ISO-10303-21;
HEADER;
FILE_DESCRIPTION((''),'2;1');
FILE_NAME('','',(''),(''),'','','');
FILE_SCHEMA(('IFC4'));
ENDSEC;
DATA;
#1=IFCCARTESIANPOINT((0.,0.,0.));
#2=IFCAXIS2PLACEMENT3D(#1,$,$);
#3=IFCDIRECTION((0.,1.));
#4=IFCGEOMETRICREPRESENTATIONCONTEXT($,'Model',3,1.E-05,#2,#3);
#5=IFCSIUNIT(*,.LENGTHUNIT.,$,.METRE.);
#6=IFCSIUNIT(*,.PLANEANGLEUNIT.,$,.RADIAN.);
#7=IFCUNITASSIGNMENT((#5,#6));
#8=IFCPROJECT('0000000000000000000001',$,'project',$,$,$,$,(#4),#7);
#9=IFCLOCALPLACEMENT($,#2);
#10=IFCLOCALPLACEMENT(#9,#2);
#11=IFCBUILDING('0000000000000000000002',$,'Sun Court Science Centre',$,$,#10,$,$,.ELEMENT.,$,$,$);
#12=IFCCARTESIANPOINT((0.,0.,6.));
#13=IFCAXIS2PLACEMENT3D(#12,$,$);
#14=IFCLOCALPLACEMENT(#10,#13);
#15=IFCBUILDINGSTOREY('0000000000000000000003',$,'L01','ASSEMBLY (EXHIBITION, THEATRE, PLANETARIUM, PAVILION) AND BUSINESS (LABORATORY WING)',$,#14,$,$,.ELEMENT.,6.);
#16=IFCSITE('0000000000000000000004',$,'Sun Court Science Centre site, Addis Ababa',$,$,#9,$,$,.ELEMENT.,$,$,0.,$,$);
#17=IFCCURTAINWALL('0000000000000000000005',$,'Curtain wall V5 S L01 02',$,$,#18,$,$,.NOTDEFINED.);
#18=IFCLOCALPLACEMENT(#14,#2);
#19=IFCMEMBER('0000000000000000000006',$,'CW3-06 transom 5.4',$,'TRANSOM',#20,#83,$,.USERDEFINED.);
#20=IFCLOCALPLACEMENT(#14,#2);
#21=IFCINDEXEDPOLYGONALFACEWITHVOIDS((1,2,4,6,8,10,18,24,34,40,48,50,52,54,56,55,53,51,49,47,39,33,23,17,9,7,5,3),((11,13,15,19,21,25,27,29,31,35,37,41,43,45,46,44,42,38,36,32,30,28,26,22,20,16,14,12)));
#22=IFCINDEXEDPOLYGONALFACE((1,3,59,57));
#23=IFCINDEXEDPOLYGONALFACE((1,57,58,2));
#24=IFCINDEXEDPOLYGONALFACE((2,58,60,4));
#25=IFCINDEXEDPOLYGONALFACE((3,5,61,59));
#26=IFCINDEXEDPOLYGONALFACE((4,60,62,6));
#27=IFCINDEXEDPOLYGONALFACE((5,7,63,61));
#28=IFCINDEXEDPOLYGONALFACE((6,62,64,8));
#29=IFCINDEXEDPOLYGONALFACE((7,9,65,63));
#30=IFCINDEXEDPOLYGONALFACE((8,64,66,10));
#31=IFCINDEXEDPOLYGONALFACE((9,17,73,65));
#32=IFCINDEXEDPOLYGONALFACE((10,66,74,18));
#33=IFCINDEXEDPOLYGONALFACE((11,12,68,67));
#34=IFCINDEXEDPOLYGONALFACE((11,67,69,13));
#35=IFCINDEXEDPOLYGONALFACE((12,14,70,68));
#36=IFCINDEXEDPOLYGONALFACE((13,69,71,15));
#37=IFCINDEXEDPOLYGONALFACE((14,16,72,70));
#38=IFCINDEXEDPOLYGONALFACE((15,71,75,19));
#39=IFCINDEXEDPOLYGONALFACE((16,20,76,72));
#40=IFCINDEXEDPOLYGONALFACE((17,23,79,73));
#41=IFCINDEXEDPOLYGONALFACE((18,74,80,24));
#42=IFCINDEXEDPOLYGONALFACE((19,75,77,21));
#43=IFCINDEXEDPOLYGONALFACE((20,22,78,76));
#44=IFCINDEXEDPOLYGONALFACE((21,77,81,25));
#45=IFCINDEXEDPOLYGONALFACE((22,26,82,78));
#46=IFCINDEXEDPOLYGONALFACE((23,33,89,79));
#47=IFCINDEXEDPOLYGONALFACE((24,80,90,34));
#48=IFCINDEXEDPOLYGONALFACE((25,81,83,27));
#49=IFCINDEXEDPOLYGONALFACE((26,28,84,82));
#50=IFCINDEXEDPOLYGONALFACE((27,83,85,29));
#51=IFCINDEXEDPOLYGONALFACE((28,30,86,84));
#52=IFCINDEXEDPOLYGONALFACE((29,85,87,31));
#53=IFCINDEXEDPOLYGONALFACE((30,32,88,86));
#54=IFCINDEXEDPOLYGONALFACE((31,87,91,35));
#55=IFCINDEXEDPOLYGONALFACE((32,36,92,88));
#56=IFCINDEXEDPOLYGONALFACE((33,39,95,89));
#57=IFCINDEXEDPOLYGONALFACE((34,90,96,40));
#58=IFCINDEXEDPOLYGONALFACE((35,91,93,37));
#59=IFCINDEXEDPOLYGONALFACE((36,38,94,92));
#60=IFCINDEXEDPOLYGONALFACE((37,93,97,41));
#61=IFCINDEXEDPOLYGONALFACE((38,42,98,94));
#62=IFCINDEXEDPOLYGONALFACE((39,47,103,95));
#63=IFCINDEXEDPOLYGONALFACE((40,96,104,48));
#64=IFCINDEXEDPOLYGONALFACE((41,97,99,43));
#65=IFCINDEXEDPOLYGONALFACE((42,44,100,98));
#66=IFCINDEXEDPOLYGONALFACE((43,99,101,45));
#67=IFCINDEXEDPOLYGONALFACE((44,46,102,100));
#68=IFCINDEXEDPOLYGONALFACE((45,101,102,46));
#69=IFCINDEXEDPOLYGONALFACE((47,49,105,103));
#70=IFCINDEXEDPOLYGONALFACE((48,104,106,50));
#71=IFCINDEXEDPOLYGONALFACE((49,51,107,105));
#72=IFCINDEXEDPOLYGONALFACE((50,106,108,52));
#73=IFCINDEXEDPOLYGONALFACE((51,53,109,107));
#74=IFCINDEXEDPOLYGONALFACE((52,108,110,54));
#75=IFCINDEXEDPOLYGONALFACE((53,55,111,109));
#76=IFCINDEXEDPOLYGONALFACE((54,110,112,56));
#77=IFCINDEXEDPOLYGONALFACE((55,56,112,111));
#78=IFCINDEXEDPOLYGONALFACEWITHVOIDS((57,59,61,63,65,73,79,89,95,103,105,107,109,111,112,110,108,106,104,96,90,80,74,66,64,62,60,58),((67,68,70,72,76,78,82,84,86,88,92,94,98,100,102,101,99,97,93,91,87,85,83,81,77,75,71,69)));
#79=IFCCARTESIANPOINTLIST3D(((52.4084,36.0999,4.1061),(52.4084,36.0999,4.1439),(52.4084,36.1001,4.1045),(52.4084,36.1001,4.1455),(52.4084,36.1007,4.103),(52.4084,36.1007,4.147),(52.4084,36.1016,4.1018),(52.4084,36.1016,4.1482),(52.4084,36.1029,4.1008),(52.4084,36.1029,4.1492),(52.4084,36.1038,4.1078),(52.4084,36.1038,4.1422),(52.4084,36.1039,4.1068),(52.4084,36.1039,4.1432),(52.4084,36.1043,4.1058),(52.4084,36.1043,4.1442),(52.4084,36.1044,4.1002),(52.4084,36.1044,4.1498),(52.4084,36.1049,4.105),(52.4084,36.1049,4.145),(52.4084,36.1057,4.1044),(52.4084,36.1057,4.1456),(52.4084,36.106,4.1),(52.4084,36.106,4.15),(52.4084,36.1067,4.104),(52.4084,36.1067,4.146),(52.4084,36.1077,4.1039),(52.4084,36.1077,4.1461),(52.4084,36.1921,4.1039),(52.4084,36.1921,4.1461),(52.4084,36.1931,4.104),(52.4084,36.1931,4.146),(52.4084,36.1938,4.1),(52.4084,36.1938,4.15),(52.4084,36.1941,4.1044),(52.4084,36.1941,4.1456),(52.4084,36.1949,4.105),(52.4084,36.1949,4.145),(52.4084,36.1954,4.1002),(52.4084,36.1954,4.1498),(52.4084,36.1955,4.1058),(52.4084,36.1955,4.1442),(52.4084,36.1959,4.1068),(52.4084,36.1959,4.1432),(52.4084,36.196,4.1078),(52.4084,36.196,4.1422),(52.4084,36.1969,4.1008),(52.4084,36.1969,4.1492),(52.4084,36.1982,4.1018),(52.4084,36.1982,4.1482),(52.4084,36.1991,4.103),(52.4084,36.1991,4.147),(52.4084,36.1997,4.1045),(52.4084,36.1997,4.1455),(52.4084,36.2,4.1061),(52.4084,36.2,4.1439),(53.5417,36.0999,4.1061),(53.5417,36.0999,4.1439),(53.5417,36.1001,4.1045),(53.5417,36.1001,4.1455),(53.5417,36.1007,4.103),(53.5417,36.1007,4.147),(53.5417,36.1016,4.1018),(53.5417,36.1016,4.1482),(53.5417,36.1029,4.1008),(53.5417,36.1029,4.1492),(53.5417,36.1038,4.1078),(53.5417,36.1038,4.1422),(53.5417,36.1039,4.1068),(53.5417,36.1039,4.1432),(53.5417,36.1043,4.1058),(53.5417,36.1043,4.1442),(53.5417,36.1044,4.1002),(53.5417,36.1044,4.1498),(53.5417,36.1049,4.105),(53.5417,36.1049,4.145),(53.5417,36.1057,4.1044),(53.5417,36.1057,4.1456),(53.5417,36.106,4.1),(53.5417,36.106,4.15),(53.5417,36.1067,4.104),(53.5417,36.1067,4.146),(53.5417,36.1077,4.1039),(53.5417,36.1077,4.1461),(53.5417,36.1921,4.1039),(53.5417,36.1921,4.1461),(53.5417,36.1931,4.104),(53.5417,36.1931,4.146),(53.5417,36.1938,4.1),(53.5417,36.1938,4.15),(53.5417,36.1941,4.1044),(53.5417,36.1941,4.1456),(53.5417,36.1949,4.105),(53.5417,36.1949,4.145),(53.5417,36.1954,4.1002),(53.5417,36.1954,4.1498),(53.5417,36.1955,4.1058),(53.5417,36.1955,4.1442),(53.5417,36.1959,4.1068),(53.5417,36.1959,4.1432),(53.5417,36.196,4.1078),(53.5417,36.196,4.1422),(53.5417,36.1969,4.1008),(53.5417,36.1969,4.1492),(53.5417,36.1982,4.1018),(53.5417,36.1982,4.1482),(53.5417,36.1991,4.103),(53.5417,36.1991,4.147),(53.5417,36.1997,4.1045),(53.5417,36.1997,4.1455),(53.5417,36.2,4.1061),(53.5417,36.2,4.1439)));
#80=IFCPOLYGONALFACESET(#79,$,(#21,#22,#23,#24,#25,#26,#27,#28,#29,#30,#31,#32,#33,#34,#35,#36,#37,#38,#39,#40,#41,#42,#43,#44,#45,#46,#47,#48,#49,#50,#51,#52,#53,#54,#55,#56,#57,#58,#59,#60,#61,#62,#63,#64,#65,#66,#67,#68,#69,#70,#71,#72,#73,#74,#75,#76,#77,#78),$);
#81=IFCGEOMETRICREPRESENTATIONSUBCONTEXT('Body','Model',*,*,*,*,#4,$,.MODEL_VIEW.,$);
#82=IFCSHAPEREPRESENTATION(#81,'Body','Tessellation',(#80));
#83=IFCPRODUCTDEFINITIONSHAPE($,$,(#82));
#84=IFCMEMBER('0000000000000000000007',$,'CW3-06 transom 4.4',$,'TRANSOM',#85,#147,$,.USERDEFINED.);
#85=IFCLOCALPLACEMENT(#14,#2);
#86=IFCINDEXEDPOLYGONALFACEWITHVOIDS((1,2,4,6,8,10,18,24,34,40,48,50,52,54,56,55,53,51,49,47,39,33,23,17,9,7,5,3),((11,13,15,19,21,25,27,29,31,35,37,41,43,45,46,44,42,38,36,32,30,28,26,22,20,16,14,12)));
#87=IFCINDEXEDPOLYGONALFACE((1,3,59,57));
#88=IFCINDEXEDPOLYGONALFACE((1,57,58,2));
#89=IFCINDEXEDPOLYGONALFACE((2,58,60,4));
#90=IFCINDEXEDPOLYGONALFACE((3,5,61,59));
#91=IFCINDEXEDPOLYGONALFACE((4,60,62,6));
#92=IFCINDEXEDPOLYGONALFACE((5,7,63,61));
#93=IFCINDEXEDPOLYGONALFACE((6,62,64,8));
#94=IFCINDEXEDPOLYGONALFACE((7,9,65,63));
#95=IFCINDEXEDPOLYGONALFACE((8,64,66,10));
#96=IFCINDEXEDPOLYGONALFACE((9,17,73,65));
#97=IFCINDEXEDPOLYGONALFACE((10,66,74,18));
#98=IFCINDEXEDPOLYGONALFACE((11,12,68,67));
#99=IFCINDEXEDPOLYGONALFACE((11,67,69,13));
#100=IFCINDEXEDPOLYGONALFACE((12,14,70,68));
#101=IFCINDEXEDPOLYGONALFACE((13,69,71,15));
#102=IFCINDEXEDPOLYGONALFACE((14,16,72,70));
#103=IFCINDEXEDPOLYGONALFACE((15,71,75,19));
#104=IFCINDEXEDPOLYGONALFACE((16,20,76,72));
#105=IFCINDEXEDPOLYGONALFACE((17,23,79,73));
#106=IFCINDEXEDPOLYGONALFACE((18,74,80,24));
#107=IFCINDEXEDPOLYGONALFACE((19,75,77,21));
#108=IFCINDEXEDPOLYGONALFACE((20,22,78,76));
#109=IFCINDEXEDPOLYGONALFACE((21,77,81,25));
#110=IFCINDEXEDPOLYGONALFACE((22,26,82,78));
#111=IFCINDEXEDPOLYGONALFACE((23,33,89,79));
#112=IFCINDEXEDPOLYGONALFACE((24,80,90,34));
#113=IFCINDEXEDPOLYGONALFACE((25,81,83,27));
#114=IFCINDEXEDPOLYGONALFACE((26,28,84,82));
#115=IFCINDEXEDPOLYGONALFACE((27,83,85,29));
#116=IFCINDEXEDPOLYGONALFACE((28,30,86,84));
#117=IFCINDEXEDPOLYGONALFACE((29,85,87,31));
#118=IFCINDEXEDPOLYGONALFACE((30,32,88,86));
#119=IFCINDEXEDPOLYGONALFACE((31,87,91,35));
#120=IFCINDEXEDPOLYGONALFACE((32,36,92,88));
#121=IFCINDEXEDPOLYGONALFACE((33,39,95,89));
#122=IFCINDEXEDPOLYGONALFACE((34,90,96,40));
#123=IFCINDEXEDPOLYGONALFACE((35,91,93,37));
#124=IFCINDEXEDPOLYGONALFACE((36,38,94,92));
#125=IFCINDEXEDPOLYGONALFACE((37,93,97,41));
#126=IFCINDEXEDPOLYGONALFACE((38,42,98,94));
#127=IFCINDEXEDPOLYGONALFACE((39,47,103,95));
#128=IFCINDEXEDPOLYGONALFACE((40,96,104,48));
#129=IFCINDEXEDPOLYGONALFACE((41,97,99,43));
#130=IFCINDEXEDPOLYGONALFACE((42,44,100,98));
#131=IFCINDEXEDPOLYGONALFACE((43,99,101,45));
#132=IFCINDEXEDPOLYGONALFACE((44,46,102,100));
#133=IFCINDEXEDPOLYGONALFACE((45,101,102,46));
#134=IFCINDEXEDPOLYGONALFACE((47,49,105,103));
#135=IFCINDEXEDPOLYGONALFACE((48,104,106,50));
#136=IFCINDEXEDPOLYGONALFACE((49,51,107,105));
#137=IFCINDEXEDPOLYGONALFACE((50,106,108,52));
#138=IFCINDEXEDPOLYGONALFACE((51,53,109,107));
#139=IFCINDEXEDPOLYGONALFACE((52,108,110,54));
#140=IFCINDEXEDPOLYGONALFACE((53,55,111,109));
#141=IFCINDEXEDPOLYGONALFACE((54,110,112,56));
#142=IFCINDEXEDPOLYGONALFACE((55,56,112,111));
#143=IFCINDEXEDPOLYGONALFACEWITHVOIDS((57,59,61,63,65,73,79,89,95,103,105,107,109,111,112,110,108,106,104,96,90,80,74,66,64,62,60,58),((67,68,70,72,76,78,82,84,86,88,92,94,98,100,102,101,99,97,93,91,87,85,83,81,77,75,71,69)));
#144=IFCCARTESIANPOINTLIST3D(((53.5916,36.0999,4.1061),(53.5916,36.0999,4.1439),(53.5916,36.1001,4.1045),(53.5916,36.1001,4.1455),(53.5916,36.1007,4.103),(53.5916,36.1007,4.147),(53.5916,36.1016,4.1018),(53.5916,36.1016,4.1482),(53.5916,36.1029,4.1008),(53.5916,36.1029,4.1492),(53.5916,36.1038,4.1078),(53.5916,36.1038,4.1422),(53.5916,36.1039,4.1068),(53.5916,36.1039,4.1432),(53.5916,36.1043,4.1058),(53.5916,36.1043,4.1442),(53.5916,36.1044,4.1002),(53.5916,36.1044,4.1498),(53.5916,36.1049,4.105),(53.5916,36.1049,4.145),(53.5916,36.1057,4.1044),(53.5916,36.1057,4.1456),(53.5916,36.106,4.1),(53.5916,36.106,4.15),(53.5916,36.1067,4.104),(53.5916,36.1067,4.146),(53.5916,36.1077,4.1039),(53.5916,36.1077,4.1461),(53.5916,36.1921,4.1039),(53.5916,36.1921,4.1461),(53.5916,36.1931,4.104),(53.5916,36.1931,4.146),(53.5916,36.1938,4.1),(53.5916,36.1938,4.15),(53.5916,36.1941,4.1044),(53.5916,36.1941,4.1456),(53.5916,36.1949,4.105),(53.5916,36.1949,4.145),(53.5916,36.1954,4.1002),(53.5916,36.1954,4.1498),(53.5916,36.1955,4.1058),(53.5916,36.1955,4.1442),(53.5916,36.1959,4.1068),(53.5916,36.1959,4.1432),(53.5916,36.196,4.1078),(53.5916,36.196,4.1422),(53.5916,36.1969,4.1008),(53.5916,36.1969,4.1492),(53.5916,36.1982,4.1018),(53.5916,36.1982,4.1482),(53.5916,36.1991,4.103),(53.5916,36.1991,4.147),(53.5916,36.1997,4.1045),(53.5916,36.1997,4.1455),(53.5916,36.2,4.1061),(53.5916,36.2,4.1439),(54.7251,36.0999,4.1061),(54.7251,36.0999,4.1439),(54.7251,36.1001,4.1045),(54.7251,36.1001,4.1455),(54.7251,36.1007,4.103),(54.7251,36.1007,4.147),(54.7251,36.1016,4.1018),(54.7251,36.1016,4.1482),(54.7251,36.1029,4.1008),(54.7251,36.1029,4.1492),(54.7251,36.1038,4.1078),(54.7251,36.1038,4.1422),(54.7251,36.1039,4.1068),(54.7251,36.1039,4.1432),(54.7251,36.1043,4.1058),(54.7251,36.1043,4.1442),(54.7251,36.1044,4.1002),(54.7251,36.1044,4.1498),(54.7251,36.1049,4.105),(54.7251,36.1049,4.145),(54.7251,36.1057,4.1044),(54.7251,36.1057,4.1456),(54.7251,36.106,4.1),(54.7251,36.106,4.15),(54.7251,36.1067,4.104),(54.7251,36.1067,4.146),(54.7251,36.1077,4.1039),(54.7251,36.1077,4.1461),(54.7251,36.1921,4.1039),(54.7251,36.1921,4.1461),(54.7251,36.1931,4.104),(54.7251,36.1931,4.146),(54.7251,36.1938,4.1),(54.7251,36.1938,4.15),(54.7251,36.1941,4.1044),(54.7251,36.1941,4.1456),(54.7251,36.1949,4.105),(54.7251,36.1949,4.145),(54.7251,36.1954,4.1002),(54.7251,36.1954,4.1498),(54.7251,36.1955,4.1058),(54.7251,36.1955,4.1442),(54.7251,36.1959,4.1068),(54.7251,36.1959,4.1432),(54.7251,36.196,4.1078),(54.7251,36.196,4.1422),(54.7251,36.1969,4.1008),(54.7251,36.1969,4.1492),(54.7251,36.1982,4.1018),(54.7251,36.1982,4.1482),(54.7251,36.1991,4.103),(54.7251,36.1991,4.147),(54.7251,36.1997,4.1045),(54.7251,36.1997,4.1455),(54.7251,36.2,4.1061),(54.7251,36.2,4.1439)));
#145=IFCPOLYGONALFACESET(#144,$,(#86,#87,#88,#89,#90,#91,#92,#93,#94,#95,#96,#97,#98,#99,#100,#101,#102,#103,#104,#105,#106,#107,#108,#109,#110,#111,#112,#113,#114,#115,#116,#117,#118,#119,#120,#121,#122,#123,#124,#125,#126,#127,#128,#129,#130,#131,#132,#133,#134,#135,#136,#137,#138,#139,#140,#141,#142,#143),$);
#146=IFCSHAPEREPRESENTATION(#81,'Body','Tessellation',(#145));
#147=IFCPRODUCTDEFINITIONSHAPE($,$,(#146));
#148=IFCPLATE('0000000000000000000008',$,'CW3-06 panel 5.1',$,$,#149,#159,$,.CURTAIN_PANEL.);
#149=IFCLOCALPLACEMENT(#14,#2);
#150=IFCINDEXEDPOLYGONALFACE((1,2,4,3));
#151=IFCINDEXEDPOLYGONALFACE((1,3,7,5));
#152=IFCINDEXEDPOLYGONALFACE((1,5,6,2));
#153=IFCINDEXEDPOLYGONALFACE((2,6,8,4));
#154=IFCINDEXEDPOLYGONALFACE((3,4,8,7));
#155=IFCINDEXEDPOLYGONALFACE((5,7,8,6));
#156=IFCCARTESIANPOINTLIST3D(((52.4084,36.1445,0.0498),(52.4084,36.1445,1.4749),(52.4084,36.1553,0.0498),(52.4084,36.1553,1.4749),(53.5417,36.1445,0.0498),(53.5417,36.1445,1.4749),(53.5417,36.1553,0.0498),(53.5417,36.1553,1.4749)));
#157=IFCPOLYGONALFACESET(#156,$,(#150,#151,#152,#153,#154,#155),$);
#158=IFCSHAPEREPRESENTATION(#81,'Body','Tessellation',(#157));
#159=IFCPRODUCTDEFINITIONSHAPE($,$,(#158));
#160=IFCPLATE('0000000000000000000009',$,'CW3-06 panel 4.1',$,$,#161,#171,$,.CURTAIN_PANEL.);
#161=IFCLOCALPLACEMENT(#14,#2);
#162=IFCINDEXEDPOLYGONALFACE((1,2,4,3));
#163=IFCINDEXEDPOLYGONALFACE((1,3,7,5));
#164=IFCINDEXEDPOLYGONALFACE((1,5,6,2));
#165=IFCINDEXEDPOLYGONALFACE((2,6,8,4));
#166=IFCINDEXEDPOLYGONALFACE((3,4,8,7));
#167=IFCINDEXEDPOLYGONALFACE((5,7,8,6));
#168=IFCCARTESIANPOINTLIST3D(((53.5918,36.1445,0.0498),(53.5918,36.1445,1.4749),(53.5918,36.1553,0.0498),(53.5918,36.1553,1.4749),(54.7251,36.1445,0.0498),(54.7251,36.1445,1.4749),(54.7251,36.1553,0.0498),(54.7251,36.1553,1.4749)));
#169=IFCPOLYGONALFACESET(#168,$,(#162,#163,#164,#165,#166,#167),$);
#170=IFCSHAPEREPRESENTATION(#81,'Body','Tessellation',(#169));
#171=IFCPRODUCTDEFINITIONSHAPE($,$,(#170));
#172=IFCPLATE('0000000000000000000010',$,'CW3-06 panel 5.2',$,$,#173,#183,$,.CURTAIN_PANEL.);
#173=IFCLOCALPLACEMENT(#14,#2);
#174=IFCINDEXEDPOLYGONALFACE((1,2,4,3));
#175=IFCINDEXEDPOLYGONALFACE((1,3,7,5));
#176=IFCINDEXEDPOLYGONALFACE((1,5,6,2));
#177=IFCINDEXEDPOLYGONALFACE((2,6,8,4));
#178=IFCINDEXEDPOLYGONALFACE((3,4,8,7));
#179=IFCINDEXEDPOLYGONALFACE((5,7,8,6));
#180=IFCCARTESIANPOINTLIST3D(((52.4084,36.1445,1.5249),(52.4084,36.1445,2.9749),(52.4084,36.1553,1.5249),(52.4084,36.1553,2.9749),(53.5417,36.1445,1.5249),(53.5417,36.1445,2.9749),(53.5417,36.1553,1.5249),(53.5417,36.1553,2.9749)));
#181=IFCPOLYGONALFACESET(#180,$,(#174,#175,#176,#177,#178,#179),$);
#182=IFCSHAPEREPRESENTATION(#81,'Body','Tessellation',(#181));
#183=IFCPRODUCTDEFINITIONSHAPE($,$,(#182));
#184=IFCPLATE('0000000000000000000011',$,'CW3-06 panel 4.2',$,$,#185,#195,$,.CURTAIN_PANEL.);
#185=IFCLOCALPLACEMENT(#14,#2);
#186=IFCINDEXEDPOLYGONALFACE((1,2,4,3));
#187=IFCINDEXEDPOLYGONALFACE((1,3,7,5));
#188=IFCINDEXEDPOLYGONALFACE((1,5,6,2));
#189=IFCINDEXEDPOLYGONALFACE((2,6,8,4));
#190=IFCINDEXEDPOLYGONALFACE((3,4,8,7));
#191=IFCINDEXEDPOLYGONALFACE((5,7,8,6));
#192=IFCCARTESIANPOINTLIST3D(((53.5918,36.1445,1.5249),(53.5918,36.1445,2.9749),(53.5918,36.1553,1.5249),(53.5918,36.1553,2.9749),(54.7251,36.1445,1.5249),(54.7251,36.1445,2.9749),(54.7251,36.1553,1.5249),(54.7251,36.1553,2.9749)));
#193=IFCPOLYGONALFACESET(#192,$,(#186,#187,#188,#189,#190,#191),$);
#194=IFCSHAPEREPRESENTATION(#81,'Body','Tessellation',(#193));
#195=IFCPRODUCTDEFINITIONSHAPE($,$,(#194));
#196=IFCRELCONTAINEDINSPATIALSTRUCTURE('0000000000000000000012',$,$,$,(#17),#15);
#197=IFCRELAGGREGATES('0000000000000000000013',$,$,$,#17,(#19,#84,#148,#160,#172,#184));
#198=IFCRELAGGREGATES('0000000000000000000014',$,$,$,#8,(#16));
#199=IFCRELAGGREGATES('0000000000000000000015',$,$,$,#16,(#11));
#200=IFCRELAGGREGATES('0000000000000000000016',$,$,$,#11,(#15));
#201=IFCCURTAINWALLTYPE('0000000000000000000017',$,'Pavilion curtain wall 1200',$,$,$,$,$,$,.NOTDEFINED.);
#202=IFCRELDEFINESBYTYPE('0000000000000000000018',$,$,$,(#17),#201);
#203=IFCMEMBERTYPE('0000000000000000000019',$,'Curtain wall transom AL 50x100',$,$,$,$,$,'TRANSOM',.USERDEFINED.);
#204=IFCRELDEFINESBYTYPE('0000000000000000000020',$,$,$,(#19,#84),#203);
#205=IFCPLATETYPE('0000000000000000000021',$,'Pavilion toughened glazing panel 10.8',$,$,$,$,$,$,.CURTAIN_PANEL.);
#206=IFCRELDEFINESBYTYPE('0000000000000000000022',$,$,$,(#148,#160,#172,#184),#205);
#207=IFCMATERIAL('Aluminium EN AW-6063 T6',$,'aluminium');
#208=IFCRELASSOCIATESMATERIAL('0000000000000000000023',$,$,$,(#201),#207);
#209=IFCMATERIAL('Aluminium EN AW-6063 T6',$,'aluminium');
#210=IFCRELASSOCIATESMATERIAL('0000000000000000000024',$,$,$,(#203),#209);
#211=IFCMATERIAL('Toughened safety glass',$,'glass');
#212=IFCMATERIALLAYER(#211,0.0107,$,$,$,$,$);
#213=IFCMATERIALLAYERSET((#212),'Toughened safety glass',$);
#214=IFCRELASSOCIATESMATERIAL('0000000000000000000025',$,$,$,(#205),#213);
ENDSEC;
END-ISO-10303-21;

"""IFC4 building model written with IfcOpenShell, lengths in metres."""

from ifc_helpers import new_model, si_unit, direction, frame, origin, origin_2d, place, context, subcontext, project, spatial, rectangle, hollow_rectangle, extrude, material, layer, layer_set, material_profile, profile_set, type_object, element, aggregate, save


model = new_model("IFC4")

# Units and contexts
model_context = context("Model", 3, precision=1e-05, world=origin(), true_north=direction((0.0, 1.0)))
body_context = subcontext(model_context, "Body", "Model", "MODEL_VIEW")
ifc_project = project(units=[si_unit("LENGTHUNIT", "METRE"), si_unit("PLANEANGLEUNIT", "RADIAN")], contexts=[model_context])

# Site, building, storey
site_placement = place(None, origin())
site = spatial("IfcSite", under=ifc_project, at=site_placement, Name="Sun Court Science Centre site, Addis Ababa", CompositionType="ELEMENT", RefElevation=0.0)
building_placement = place(site_placement, origin())
building = spatial("IfcBuilding", under=site, at=building_placement, Name="Sun Court Science Centre", CompositionType="ELEMENT")
storey_placement = place(building_placement, frame((0.0, 0.0, 6.0)))
storey = spatial("IfcBuildingStorey", under=building, at=storey_placement, Name="L01", Description="ASSEMBLY (EXHIBITION, THEATRE, PLANETARIUM, PAVILION) AND BUSINESS (LABORATORY WING)", CompositionType="ELEMENT", Elevation=6.0)

# Curtain wall, members, plates
ifc_material_1 = material(Name="Aluminium EN AW-6063 T6", Category="aluminium")
curtain_wall_type = type_object("IfcCurtainWallType", Name="Pavilion curtain wall 1200", PredefinedType="NOTDEFINED", material=ifc_material_1)
curtain_wall_placement = place(storey_placement, origin())
curtain_wall = element("IfcCurtainWall", 1, at=curtain_wall_placement, inside=storey, type_object=curtain_wall_type, Name="Curtain wall V5 S L01 02", PredefinedType="NOTDEFINED")
ifc_material_2 = material(Name="Aluminium EN AW-6063 T6", Category="aluminium")
ifc_material_profile_1 = material_profile(ifc_material_2, hollow_rectangle(XDim=0.05, YDim=0.1001, WallThickness=0.0039, InnerFilletRadius=0.0039, OuterFilletRadius=0.0061, at=origin_2d()), Name="AL 50x100x4")
ifc_profile_set_1 = profile_set([ifc_material_profile_1], Name="Aluminium EN AW-6063 T6")
member_type_1 = type_object("IfcMemberType", Name="Curtain wall transom AL 50x100", ElementType="TRANSOM", PredefinedType="USERDEFINED", material=ifc_profile_set_1)
member_1_placement = place(storey_placement, frame((53.5417, 36.1499, 4.125), z_axis=(-1.0, 0.0, 0.0), x_axis=(0.0, 0.0, 1.0)))
member_1 = element("IfcMember", 2, at=member_1_placement, type_object=member_type_1, Name="CW3-06 transom 5.4", ObjectType="TRANSOM", PredefinedType="USERDEFINED", context=body_context, shape_type="SweptSolid", body=[
    extrude(hollow_rectangle(XDim=0.05, YDim=0.1001, WallThickness=0.0039, InnerFilletRadius=0.0039, OuterFilletRadius=0.0061, at=origin_2d()), origin(), (0.0, 0.0, 1.0), 1.1333),
])
member_2_placement = place(storey_placement, frame((54.7251, 36.1499, 4.125), z_axis=(-1.0, 0.0, 0.0), x_axis=(0.0, 0.0, 1.0)))
member_2 = element("IfcMember", 3, at=member_2_placement, type_object=member_type_1, Name="CW3-06 transom 4.4", ObjectType="TRANSOM", PredefinedType="USERDEFINED", context=body_context, shape_type="SweptSolid", body=[
    extrude(hollow_rectangle(XDim=0.05, YDim=0.1001, WallThickness=0.0039, InnerFilletRadius=0.0039, OuterFilletRadius=0.0061, at=origin_2d()), origin(), (0.0, 0.0, 1.0), 1.1335),
])
ifc_material_3 = material(Name="Toughened safety glass", Category="glass")
ifc_layer = layer(ifc_material_3, 0.0107)
ifc_layer_set = layer_set([ifc_layer], Name="Toughened safety glass")
plate_type = type_object("IfcPlateType", Name="Pavilion toughened glazing panel 10.8", PredefinedType="CURTAIN_PANEL", material=ifc_layer_set)
plate_1_placement = place(storey_placement, frame((52.9751, 36.1499, 0.0498), z_axis=(0.0, 0.0, 1.0), x_axis=(-1.0, 0.0, 0.0)))
plate_1 = element("IfcPlate", 4, at=plate_1_placement, type_object=plate_type, Name="CW3-06 panel 5.1", PredefinedType="CURTAIN_PANEL", context=body_context, shape_type="SweptSolid", body=[
    extrude(rectangle(XDim=1.1333, YDim=0.0107, at=origin_2d()), origin(), (0.0, 0.0, 1.0), 1.425),
])
plate_2_placement = place(storey_placement, frame((54.1584, 36.1499, 0.0498), z_axis=(0.0, 0.0, 1.0), x_axis=(-1.0, 0.0, 0.0)))
plate_2 = element("IfcPlate", 5, at=plate_2_placement, type_object=plate_type, Name="CW3-06 panel 4.1", PredefinedType="CURTAIN_PANEL", context=body_context, shape_type="SweptSolid", body=[
    extrude(rectangle(XDim=1.1333, YDim=0.0107, at=origin_2d()), origin(), (0.0, 0.0, 1.0), 1.425),
])
plate_3_placement = place(storey_placement, frame((52.9751, 36.1499, 1.5249), z_axis=(0.0, 0.0, 1.0), x_axis=(-1.0, 0.0, 0.0)))
plate_3 = element("IfcPlate", 6, at=plate_3_placement, type_object=plate_type, Name="CW3-06 panel 5.2", PredefinedType="CURTAIN_PANEL", context=body_context, shape_type="SweptSolid", body=[
    extrude(rectangle(XDim=1.1333, YDim=0.0107, at=origin_2d()), origin(), (0.0, 0.0, 1.0), 1.45),
])
plate_4_placement = place(storey_placement, frame((54.1584, 36.1499, 1.5249), z_axis=(0.0, 0.0, 1.0), x_axis=(-1.0, 0.0, 0.0)))
plate_4 = element("IfcPlate", 7, at=plate_4_placement, type_object=plate_type, Name="CW3-06 panel 4.2", PredefinedType="CURTAIN_PANEL", context=body_context, shape_type="SweptSolid", body=[
    extrude(rectangle(XDim=1.1333, YDim=0.0107, at=origin_2d()), origin(), (0.0, 0.0, 1.0), 1.45),
])
aggregate(curtain_wall, [member_1, member_2, plate_1, plate_2, plate_3, plate_4])

save(model, "model.ifc")
